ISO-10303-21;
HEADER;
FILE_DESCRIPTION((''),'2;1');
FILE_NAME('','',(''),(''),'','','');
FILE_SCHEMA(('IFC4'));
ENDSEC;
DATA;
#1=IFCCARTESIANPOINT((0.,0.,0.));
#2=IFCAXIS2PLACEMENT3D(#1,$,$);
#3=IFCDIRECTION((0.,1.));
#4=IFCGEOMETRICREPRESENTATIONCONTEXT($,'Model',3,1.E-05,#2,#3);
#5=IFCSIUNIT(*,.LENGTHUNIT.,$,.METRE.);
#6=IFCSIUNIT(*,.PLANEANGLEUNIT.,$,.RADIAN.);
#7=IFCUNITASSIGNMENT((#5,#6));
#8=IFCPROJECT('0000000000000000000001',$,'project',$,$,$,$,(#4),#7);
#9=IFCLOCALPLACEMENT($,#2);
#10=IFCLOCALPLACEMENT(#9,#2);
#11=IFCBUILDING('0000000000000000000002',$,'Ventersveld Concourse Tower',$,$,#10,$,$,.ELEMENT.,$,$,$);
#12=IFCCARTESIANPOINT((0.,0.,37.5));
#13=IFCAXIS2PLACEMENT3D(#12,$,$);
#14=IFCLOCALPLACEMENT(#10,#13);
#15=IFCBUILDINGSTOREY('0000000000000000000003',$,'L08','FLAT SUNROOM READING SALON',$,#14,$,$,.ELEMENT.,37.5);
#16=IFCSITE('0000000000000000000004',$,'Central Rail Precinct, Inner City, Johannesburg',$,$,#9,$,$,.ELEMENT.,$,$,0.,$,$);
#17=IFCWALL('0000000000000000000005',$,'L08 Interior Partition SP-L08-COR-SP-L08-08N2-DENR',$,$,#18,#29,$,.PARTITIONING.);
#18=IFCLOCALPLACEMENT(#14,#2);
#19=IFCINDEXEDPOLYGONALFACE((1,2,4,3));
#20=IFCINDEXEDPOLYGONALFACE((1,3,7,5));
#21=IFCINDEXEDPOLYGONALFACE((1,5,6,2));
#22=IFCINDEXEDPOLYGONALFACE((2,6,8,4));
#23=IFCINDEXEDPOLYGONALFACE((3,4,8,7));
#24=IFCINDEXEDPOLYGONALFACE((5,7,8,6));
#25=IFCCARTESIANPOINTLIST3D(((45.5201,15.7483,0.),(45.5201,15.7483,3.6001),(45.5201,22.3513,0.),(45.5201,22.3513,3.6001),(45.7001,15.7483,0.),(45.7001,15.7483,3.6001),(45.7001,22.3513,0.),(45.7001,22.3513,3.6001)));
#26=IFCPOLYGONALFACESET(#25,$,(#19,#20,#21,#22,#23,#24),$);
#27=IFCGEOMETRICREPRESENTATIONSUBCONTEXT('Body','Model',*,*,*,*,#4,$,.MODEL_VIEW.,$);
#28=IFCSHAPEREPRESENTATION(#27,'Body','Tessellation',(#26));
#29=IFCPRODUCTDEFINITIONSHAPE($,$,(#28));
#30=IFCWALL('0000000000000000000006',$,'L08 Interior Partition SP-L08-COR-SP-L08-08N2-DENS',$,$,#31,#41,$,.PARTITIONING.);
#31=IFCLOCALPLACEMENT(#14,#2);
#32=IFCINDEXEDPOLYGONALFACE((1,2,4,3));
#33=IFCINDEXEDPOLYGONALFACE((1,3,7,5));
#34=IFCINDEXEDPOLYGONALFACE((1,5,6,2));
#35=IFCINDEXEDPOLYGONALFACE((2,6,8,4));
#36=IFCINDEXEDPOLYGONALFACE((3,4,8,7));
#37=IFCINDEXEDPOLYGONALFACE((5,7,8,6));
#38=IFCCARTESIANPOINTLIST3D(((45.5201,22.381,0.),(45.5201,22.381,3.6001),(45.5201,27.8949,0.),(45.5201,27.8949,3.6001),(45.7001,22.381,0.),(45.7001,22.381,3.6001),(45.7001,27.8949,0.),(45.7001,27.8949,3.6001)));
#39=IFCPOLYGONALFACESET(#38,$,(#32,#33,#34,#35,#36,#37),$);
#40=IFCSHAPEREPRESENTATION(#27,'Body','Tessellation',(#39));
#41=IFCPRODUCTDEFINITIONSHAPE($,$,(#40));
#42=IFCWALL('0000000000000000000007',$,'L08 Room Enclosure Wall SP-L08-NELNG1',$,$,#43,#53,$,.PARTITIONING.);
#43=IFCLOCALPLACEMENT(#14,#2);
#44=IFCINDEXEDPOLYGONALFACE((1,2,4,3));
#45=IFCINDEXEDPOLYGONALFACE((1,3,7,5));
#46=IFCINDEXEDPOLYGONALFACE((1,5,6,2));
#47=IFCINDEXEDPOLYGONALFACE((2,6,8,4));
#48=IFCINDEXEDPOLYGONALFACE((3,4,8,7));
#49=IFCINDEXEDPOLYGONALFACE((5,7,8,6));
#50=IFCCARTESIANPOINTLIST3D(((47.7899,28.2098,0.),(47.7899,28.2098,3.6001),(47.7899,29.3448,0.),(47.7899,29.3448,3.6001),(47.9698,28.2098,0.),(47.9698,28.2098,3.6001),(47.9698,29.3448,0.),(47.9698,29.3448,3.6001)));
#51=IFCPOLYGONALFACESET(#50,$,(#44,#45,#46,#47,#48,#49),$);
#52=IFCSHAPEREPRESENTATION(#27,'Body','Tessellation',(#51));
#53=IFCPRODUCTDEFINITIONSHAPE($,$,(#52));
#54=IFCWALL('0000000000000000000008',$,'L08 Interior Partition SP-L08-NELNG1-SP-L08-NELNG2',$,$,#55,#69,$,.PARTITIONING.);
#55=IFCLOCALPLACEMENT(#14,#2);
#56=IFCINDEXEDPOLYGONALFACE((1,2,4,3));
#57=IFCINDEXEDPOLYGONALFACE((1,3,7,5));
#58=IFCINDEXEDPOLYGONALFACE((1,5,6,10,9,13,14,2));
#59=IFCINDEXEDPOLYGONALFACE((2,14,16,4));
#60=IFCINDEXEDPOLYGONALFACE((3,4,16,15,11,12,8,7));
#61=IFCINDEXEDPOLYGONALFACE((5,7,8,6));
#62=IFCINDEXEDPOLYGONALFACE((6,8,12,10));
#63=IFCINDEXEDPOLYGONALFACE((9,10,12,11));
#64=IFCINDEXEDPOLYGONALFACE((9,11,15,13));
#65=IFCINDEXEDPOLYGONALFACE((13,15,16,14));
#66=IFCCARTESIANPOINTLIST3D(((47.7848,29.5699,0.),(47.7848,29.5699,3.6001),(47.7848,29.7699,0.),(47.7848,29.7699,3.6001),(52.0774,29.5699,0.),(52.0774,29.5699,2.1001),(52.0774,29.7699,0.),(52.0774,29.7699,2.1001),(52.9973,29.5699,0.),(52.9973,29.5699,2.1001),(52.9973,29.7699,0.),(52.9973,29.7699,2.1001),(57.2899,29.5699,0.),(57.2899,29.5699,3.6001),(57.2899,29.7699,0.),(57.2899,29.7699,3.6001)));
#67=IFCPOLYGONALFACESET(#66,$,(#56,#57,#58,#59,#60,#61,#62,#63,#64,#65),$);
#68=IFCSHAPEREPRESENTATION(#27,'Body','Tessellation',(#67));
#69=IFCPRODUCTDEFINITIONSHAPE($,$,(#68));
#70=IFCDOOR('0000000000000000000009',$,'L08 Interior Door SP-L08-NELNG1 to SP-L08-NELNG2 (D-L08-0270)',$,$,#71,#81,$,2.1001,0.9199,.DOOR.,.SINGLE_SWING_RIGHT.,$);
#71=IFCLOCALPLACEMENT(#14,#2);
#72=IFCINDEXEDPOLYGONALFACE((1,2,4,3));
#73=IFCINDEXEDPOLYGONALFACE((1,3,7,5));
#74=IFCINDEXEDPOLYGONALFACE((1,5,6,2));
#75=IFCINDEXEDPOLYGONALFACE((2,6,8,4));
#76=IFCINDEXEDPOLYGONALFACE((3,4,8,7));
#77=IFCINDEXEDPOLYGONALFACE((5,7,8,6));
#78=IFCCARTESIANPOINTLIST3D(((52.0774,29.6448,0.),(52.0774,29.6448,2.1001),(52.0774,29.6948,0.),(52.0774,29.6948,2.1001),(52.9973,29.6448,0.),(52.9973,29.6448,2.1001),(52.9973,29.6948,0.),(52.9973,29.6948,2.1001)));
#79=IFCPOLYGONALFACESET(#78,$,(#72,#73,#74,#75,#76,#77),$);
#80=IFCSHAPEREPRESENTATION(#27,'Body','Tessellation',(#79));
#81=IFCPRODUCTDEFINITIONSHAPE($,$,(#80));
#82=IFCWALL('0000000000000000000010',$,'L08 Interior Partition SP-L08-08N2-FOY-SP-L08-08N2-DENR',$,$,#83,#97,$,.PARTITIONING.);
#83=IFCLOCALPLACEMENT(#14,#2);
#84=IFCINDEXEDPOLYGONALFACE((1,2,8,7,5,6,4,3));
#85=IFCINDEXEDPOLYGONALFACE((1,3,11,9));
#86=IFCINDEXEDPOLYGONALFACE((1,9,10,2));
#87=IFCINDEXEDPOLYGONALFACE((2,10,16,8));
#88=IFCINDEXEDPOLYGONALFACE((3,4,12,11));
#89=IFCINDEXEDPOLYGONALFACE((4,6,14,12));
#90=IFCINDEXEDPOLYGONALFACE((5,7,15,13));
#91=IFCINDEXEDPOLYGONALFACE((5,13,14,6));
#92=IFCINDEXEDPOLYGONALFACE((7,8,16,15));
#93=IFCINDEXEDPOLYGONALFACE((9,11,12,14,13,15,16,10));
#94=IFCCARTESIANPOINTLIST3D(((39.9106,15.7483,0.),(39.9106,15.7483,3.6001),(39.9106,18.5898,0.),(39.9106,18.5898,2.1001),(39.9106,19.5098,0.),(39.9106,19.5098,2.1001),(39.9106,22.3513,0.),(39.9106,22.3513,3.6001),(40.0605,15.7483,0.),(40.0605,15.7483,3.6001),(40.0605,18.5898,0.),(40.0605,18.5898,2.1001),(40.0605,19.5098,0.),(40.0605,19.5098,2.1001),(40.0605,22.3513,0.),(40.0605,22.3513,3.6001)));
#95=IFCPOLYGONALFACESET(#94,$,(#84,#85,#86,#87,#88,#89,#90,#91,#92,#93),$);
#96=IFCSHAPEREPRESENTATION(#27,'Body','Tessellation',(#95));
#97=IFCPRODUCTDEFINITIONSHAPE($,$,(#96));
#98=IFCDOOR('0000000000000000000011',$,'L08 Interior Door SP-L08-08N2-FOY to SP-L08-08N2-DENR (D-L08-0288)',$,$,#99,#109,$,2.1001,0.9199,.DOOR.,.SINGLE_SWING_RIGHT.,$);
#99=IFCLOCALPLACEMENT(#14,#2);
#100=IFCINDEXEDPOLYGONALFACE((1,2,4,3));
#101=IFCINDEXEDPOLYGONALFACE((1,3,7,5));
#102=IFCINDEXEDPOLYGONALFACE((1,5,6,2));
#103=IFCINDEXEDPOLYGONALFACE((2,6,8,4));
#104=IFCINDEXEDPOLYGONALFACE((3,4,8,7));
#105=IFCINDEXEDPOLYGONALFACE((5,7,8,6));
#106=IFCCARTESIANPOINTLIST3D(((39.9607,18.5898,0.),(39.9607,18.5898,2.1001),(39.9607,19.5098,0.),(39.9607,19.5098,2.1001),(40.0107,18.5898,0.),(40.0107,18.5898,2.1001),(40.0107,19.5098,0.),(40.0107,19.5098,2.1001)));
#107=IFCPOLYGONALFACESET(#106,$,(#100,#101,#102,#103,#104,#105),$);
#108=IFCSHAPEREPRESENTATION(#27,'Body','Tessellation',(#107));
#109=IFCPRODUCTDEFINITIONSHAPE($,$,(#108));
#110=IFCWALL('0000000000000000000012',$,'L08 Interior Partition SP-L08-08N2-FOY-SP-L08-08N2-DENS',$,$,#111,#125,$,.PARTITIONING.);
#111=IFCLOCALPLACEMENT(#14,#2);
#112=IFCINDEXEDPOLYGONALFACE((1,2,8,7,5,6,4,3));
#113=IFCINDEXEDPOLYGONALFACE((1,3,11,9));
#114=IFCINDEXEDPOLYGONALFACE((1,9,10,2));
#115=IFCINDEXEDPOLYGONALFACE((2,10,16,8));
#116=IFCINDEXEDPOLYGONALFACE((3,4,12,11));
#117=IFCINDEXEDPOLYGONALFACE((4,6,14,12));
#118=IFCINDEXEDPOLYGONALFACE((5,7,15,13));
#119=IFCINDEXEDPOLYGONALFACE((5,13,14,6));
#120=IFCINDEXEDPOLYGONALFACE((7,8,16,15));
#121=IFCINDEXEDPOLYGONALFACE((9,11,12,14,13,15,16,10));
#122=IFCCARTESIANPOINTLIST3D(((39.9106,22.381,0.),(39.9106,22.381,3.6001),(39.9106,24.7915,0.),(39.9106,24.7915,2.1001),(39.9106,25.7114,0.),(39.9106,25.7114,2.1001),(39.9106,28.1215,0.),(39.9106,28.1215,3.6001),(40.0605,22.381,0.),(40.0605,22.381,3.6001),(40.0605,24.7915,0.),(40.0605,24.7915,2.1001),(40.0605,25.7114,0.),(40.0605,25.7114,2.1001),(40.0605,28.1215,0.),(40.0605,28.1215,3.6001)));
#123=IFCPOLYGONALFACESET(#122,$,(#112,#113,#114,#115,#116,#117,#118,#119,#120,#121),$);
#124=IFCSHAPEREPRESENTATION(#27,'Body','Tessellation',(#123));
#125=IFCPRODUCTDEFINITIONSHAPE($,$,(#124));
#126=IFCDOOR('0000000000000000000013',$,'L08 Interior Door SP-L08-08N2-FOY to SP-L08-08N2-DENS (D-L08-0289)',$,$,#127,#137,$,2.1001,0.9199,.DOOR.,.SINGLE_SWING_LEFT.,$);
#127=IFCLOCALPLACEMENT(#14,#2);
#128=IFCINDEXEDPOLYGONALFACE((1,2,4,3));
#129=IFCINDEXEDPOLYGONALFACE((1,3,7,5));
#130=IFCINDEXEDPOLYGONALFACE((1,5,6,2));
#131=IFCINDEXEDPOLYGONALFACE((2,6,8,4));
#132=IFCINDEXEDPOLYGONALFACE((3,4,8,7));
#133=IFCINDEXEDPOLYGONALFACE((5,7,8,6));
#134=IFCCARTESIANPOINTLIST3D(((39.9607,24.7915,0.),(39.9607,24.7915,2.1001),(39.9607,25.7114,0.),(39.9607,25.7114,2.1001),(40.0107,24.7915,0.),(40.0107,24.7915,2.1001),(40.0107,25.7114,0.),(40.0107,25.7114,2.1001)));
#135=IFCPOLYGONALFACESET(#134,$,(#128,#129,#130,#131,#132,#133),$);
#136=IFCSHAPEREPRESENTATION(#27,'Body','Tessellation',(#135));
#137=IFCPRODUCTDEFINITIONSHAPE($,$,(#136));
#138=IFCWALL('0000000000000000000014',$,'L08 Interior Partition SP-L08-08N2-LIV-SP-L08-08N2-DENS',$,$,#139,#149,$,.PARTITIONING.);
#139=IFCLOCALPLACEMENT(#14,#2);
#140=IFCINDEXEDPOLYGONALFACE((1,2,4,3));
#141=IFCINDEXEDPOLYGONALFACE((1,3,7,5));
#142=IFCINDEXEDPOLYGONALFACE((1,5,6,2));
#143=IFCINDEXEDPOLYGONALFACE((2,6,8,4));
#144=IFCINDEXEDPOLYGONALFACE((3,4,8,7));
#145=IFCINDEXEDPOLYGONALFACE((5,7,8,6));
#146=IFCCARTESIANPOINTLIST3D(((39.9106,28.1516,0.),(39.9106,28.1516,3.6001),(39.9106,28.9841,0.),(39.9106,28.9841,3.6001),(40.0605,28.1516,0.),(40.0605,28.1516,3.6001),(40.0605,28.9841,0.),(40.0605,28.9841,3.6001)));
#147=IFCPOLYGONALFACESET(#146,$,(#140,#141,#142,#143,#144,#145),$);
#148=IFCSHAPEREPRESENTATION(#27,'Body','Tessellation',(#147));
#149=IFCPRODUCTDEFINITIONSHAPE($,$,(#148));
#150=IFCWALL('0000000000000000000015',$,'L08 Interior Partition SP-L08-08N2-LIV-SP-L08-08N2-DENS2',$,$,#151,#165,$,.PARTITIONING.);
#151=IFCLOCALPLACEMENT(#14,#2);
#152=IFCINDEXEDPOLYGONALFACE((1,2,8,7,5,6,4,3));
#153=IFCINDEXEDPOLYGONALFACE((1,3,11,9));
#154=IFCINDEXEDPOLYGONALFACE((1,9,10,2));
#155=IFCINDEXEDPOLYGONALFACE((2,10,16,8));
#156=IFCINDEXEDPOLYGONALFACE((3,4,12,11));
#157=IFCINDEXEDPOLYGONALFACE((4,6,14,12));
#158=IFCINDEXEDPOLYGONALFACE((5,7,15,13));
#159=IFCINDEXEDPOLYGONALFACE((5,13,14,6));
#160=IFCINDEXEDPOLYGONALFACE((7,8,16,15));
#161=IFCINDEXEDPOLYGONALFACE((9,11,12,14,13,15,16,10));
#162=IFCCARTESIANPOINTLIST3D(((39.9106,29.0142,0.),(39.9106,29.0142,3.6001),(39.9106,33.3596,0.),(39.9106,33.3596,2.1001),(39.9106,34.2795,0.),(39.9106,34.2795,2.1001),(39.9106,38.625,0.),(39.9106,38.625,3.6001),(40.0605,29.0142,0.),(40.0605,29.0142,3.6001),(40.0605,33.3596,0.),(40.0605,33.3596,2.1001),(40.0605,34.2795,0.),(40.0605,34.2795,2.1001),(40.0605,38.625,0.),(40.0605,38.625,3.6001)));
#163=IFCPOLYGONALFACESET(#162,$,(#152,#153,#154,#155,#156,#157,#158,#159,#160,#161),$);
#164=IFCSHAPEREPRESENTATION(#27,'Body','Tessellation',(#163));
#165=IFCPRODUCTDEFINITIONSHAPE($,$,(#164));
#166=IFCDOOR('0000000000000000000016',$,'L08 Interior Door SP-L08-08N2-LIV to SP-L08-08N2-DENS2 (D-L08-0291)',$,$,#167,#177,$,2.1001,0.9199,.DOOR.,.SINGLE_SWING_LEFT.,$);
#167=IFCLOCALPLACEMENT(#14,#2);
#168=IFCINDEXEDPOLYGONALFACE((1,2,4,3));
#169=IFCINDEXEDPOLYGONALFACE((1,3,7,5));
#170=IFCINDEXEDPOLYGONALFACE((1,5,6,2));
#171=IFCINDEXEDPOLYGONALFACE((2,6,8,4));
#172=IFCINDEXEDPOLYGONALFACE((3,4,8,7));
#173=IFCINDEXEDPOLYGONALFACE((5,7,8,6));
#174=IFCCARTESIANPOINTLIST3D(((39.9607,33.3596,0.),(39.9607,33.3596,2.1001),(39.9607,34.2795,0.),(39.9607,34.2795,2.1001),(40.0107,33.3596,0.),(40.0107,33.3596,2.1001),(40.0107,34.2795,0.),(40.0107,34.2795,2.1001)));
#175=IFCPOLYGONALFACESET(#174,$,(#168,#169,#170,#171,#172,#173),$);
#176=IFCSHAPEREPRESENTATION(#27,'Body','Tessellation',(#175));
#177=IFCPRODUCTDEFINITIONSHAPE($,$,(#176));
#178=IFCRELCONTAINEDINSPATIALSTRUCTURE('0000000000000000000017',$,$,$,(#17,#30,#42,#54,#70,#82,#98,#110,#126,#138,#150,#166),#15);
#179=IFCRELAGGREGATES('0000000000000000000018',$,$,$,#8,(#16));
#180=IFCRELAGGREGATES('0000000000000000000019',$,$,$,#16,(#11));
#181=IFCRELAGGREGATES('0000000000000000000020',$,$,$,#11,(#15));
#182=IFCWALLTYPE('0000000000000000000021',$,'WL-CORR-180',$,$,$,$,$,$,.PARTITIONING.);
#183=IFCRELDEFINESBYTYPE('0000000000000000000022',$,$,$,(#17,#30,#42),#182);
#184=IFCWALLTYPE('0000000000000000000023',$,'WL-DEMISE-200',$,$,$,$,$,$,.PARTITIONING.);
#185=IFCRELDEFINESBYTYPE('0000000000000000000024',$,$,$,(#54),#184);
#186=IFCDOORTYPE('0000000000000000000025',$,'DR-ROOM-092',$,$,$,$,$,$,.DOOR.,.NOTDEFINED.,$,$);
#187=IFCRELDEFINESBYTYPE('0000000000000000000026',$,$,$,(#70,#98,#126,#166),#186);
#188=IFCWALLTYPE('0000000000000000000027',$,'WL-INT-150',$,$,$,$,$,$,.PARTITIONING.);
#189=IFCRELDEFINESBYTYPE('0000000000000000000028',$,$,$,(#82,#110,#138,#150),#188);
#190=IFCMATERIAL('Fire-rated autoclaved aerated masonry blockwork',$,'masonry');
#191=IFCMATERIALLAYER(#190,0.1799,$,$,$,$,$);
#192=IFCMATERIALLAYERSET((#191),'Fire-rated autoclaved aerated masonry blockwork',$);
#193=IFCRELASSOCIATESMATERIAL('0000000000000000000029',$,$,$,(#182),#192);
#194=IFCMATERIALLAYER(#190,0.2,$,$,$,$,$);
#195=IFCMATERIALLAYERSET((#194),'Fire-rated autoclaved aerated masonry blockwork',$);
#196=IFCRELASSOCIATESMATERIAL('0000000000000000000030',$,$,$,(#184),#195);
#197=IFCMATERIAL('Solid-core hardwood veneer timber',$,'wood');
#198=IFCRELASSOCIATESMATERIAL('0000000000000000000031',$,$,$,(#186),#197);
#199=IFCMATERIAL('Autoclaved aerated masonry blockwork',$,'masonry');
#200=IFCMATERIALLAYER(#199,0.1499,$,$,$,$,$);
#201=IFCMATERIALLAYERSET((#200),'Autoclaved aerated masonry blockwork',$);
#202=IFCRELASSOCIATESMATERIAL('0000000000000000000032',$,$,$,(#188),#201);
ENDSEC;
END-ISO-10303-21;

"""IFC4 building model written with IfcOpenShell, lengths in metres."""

from ifc_helpers import new_model, si_unit, direction, frame, frame_2d, origin, place, context, subcontext, project, spatial, rectangle, extrude, material, layer, layer_set, type_object, element, fill, save


model = new_model("IFC4")

# Units and contexts
model_context = context("Model", 3, precision=1e-05, world=origin(), true_north=direction((0.0, 1.0)))
body_context = subcontext(model_context, "Body", "Model", "MODEL_VIEW")
ifc_project = project(units=[si_unit("LENGTHUNIT", "METRE"), si_unit("PLANEANGLEUNIT", "RADIAN")], contexts=[model_context])

# Site, building, storey
site_placement = place(None, origin())
site = spatial("IfcSite", under=ifc_project, at=site_placement, Name="Central Rail Precinct, Inner City, Johannesburg", CompositionType="ELEMENT", RefElevation=0.0)
building_placement = place(site_placement, origin())
building = spatial("IfcBuilding", under=site, at=building_placement, Name="Ventersveld Concourse Tower", CompositionType="ELEMENT")
storey_placement = place(building_placement, frame((0.0, 0.0, 37.5)))
storey = spatial("IfcBuildingStorey", under=building, at=storey_placement, Name="L08", Description="FLAT SUNROOM READING SALON", CompositionType="ELEMENT", Elevation=37.5)

# Walls
ifc_material_1 = material(Name="Fire-rated autoclaved aerated masonry blockwork", Category="masonry")
ifc_layer_1 = layer(ifc_material_1, 0.1799)
ifc_layer_set_1 = layer_set([ifc_layer_1], Name="Fire-rated autoclaved aerated masonry blockwork")
wall_type_1 = type_object("IfcWallType", Name="WL-CORR-180", PredefinedType="PARTITIONING", material=ifc_layer_set_1)
wall_1_placement = place(storey_placement, frame((45.6101, 15.7483, 0.0), z_axis=(0.0, 0.0, 1.0), x_axis=(0.0, 1.0, 0.0)))
element("IfcWall", 1, at=wall_1_placement, inside=storey, type_object=wall_type_1, Name="L08 Interior Partition SP-L08-COR-SP-L08-08N2-DENR", PredefinedType="PARTITIONING", context=body_context, shape_type="SweptSolid", body=[
    extrude(rectangle(XDim=6.603, YDim=0.1799, at=frame_2d((3.3015, 0.0))), origin(), (0.0, 0.0, 1.0), 3.6001),
])
wall_2_placement = place(storey_placement, frame((45.6101, 22.3811, 0.0), z_axis=(0.0, 0.0, 1.0), x_axis=(0.0, 1.0, 0.0)))
element("IfcWall", 2, at=wall_2_placement, inside=storey, type_object=wall_type_1, Name="L08 Interior Partition SP-L08-COR-SP-L08-08N2-DENS", PredefinedType="PARTITIONING", context=body_context, shape_type="SweptSolid", body=[
    extrude(rectangle(XDim=5.5139, YDim=0.1799, at=frame_2d((2.7568, 0.0))), origin(), (0.0, 0.0, 1.0), 3.6001),
])
wall_3_placement = place(storey_placement, frame((47.8799, 28.21, 0.0), z_axis=(0.0, 0.0, 1.0), x_axis=(0.0, 1.0, 0.0)))
element("IfcWall", 3, at=wall_3_placement, inside=storey, type_object=wall_type_1, Name="L08 Room Enclosure Wall SP-L08-NELNG1", PredefinedType="PARTITIONING", context=body_context, shape_type="SweptSolid", body=[
    extrude(rectangle(XDim=1.135, YDim=0.1799, at=frame_2d((0.5674, 0.0))), origin(), (0.0, 0.0, 1.0), 3.6001),
])

# Walls, openings, doors
ifc_layer_2 = layer(ifc_material_1, 0.2)
ifc_layer_set_2 = layer_set([ifc_layer_2], Name="Fire-rated autoclaved aerated masonry blockwork")
wall_type_2 = type_object("IfcWallType", Name="WL-DEMISE-200", PredefinedType="PARTITIONING", material=ifc_layer_set_2)
wall_4_placement = place(storey_placement, frame((47.7849, 29.6699, 0.0), z_axis=(0.0, 0.0, 1.0), x_axis=(1.0, 0.0, 0.0)))
wall_4 = element("IfcWall", 4, at=wall_4_placement, inside=storey, type_object=wall_type_2, Name="L08 Interior Partition SP-L08-NELNG1-SP-L08-NELNG2", PredefinedType="PARTITIONING", context=body_context, shape_type="SweptSolid", body=[
    extrude(rectangle(XDim=9.5051, YDim=0.2, at=frame_2d((4.7524, 0.0))), origin(), (0.0, 0.0, 1.0), 3.6001),
])
opening_1_placement = place(wall_4_placement, frame((4.2925, 0.0, 0.0)))
opening_1 = element("IfcOpeningElement", 5, at=opening_1_placement, cuts=wall_4, PredefinedType="OPENING", context=body_context, shape_type="SweptSolid", body=[
    extrude(rectangle(XDim=0.9199, YDim=2.1001, at=frame_2d((0.46, 1.05))), frame((0.0, 0.1099, 0.0), z_axis=(0.0, -1.0, 0.0), x_axis=(1.0, 0.0, 0.0)), (0.0, 0.0, 1.0), 0.22),
])
ifc_material_2 = material(Name="Solid-core hardwood veneer timber", Category="wood")
door_type = type_object("IfcDoorType", Name="DR-ROOM-092", OperationType="NOTDEFINED", PredefinedType="DOOR", material=ifc_material_2)
door_1_placement = place(opening_1_placement, origin())
door_1 = element("IfcDoor", 6, at=door_1_placement, inside=storey, type_object=door_type, Name="L08 Interior Door SP-L08-NELNG1 to SP-L08-NELNG2 (D-L08-0270)", OperationType="SINGLE_SWING_RIGHT", OverallHeight=2.1001, OverallWidth=0.9199, PredefinedType="DOOR", context=body_context, shape_type="SweptSolid", body=[
    extrude(rectangle(XDim=0.9199, YDim=2.1001, at=frame_2d((0.46, 1.05))), frame((0.0, 0.0249, 0.0), z_axis=(0.0, -1.0, 0.0), x_axis=(1.0, 0.0, 0.0)), (0.0, 0.0, 1.0), 0.05),
])
fill(opening_1, door_1)
ifc_material_3 = material(Name="Autoclaved aerated masonry blockwork", Category="masonry")
ifc_layer_3 = layer(ifc_material_3, 0.1499)
ifc_layer_set_3 = layer_set([ifc_layer_3], Name="Autoclaved aerated masonry blockwork")
wall_type_3 = type_object("IfcWallType", Name="WL-INT-150", PredefinedType="PARTITIONING", material=ifc_layer_set_3)
wall_5_placement = place(storey_placement, frame((39.9856, 15.7483, 0.0), z_axis=(0.0, 0.0, 1.0), x_axis=(0.0, 1.0, 0.0)))
wall_5 = element("IfcWall", 7, at=wall_5_placement, inside=storey, type_object=wall_type_3, Name="L08 Interior Partition SP-L08-08N2-FOY-SP-L08-08N2-DENR", PredefinedType="PARTITIONING", context=body_context, shape_type="SweptSolid", body=[
    extrude(rectangle(XDim=6.603, YDim=0.1499, at=frame_2d((3.3015, 0.0))), origin(), (0.0, 0.0, 1.0), 3.6001),
])
opening_2_placement = place(wall_5_placement, frame((2.8416, 0.0, 0.0)))
opening_2 = element("IfcOpeningElement", 8, at=opening_2_placement, cuts=wall_5, PredefinedType="OPENING", context=body_context, shape_type="SweptSolid", body=[
    extrude(rectangle(XDim=0.9199, YDim=2.1001, at=frame_2d((0.46, 1.05))), frame((0.0, 0.085, 0.0), z_axis=(0.0, -1.0, 0.0), x_axis=(1.0, 0.0, 0.0)), (0.0, 0.0, 1.0), 0.1699),
])
door_2_placement = place(opening_2_placement, origin())
door_2 = element("IfcDoor", 9, at=door_2_placement, inside=storey, type_object=door_type, Name="L08 Interior Door SP-L08-08N2-FOY to SP-L08-08N2-DENR (D-L08-0288)", OperationType="SINGLE_SWING_RIGHT", OverallHeight=2.1001, OverallWidth=0.9199, PredefinedType="DOOR", context=body_context, shape_type="SweptSolid", body=[
    extrude(rectangle(XDim=0.9199, YDim=2.1001, at=frame_2d((0.46, 1.05))), frame((0.0, 0.0249, 0.0), z_axis=(0.0, -1.0, 0.0), x_axis=(1.0, 0.0, 0.0)), (0.0, 0.0, 1.0), 0.05),
])
fill(opening_2, door_2)
wall_6_placement = place(storey_placement, frame((39.9856, 22.3811, 0.0), z_axis=(0.0, 0.0, 1.0), x_axis=(0.0, 1.0, 0.0)))
wall_6 = element("IfcWall", 10, at=wall_6_placement, inside=storey, type_object=wall_type_3, Name="L08 Interior Partition SP-L08-08N2-FOY-SP-L08-08N2-DENS", PredefinedType="PARTITIONING", context=body_context, shape_type="SweptSolid", body=[
    extrude(rectangle(XDim=5.7405, YDim=0.1499, at=frame_2d((2.8701, 0.0))), origin(), (0.0, 0.0, 1.0), 3.6001),
])
opening_3_placement = place(wall_6_placement, frame((2.4104, 0.0, 0.0)))
opening_3 = element("IfcOpeningElement", 11, at=opening_3_placement, cuts=wall_6, PredefinedType="OPENING", context=body_context, shape_type="SweptSolid", body=[
    extrude(rectangle(XDim=0.9199, YDim=2.1001, at=frame_2d((0.46, 1.05))), frame((0.0, 0.085, 0.0), z_axis=(0.0, -1.0, 0.0), x_axis=(1.0, 0.0, 0.0)), (0.0, 0.0, 1.0), 0.1699),
])
door_3_placement = place(opening_3_placement, origin())
door_3 = element("IfcDoor", 12, at=door_3_placement, inside=storey, type_object=door_type, Name="L08 Interior Door SP-L08-08N2-FOY to SP-L08-08N2-DENS (D-L08-0289)", OperationType="SINGLE_SWING_LEFT", OverallHeight=2.1001, OverallWidth=0.9199, PredefinedType="DOOR", context=body_context, shape_type="SweptSolid", body=[
    extrude(rectangle(XDim=0.9199, YDim=2.1001, at=frame_2d((0.46, 1.05))), frame((0.0, 0.0249, 0.0), z_axis=(0.0, -1.0, 0.0), x_axis=(1.0, 0.0, 0.0)), (0.0, 0.0, 1.0), 0.05),
])
fill(opening_3, door_3)

# Wall
wall_7_placement = place(storey_placement, frame((39.9856, 28.1516, 0.0), z_axis=(0.0, 0.0, 1.0), x_axis=(0.0, 1.0, 0.0)))
element("IfcWall", 13, at=wall_7_placement, inside=storey, type_object=wall_type_3, Name="L08 Interior Partition SP-L08-08N2-LIV-SP-L08-08N2-DENS", PredefinedType="PARTITIONING", context=body_context, shape_type="SweptSolid", body=[
    extrude(rectangle(XDim=0.8325, YDim=0.1499, at=frame_2d((0.4163, 0.0))), origin(), (0.0, 0.0, 1.0), 3.6001),
])

# Wall, opening, door
wall_8_placement = place(storey_placement, frame((39.9856, 29.0142, 0.0), z_axis=(0.0, 0.0, 1.0), x_axis=(0.0, 1.0, 0.0)))
wall_8 = element("IfcWall", 14, at=wall_8_placement, inside=storey, type_object=wall_type_3, Name="L08 Interior Partition SP-L08-08N2-LIV-SP-L08-08N2-DENS2", PredefinedType="PARTITIONING", context=body_context, shape_type="SweptSolid", body=[
    extrude(rectangle(XDim=9.6108, YDim=0.1499, at=frame_2d((4.8054, 0.0))), origin(), (0.0, 0.0, 1.0), 3.6001),
])
opening_4_placement = place(wall_8_placement, frame((4.3455, 0.0, 0.0)))
opening_4 = element("IfcOpeningElement", 15, at=opening_4_placement, cuts=wall_8, PredefinedType="OPENING", context=body_context, shape_type="SweptSolid", body=[
    extrude(rectangle(XDim=0.9199, YDim=2.1001, at=frame_2d((0.46, 1.05))), frame((0.0, 0.085, 0.0), z_axis=(0.0, -1.0, 0.0), x_axis=(1.0, 0.0, 0.0)), (0.0, 0.0, 1.0), 0.1699),
])
door_4_placement = place(opening_4_placement, origin())
door_4 = element("IfcDoor", 16, at=door_4_placement, inside=storey, type_object=door_type, Name="L08 Interior Door SP-L08-08N2-LIV to SP-L08-08N2-DENS2 (D-L08-0291)", OperationType="SINGLE_SWING_LEFT", OverallHeight=2.1001, OverallWidth=0.9199, PredefinedType="DOOR", context=body_context, shape_type="SweptSolid", body=[
    extrude(rectangle(XDim=0.9199, YDim=2.1001, at=frame_2d((0.46, 1.05))), frame((0.0, 0.0249, 0.0), z_axis=(0.0, -1.0, 0.0), x_axis=(1.0, 0.0, 0.0)), (0.0, 0.0, 1.0), 0.05),
])
fill(opening_4, door_4)

save(model, "model.ifc")
